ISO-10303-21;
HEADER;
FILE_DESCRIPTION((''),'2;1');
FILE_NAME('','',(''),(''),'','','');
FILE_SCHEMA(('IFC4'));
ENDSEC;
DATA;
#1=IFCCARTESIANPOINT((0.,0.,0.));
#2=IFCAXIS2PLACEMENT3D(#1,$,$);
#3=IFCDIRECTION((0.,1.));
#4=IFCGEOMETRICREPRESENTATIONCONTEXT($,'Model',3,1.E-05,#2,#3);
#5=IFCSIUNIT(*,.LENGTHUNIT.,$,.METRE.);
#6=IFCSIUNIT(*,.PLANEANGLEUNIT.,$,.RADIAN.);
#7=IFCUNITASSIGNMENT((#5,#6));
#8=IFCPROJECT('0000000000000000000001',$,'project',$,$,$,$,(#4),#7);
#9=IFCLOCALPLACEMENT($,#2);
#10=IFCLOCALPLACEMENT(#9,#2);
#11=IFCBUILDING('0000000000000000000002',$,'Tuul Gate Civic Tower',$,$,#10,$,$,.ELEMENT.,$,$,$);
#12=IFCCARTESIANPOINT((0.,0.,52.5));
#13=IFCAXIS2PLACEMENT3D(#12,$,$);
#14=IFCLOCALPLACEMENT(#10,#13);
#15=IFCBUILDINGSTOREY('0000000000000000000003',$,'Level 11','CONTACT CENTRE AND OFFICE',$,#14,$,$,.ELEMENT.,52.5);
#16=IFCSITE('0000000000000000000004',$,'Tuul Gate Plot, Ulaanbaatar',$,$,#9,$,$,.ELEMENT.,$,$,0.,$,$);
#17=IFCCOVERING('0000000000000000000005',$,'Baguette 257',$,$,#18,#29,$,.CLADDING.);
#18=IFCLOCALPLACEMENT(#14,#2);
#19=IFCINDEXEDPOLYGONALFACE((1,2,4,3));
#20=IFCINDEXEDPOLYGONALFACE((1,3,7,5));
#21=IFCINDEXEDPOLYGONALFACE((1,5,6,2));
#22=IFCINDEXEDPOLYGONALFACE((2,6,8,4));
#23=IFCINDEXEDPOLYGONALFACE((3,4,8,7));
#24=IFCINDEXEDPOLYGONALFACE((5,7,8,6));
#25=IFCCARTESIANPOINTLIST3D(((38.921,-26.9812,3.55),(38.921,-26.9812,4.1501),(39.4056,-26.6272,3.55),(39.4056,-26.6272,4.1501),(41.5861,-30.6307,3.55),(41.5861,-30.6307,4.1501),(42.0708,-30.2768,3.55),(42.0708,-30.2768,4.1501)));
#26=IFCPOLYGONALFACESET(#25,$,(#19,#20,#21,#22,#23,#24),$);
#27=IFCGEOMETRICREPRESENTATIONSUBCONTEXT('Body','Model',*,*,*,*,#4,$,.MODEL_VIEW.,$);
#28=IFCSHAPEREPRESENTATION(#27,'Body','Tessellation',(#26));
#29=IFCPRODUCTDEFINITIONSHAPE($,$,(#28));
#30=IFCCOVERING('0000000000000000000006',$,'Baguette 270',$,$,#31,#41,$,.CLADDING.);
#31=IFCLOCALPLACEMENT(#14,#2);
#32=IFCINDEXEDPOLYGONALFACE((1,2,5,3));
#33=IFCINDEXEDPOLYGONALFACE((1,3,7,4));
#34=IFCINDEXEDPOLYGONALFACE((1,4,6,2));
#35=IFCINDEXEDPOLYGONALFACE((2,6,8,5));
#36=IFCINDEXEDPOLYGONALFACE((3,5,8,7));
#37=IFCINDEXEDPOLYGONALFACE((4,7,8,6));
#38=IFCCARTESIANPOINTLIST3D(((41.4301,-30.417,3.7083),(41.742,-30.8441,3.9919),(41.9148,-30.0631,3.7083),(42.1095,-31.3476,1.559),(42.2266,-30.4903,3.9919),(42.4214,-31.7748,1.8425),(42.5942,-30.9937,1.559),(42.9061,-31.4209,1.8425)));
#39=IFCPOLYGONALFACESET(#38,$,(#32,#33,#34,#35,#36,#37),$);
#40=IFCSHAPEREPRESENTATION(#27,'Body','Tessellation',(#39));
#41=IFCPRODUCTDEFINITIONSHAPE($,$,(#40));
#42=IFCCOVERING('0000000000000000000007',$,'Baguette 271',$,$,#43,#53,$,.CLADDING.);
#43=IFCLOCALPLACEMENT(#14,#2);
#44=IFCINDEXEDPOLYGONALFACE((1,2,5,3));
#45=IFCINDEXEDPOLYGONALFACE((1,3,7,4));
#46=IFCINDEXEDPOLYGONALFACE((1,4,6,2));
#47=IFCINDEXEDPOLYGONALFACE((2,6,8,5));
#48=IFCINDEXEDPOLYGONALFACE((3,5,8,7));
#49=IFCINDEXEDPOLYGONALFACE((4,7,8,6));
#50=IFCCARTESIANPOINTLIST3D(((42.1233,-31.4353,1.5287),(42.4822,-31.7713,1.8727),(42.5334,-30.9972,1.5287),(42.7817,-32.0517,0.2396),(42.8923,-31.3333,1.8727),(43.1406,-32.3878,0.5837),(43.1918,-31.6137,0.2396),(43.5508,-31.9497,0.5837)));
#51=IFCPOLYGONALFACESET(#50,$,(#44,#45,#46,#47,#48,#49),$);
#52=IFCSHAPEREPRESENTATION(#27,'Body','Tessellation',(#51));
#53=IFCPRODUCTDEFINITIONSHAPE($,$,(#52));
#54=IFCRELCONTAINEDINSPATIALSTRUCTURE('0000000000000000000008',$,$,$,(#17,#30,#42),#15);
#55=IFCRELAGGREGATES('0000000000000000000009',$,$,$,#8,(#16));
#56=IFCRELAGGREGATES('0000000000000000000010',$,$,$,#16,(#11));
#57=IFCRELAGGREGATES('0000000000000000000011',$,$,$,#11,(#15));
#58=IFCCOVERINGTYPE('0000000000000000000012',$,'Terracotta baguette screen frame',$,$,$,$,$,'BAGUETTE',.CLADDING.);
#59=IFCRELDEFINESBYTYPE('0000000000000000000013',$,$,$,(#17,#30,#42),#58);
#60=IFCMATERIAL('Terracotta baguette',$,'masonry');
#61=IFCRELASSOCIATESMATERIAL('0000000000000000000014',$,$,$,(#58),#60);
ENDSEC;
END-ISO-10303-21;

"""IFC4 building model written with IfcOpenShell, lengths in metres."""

from ifc_helpers import new_model, si_unit, direction, frame, origin, origin_2d, place, context, subcontext, project, spatial, rectangle, extrude, material, material_profile, profile_set, type_object, element, save


model = new_model("IFC4")

# Units and contexts
model_context = context("Model", 3, precision=1e-05, world=origin(), true_north=direction((0.0, 1.0)))
body_context = subcontext(model_context, "Body", "Model", "MODEL_VIEW")
ifc_project = project(units=[si_unit("LENGTHUNIT", "METRE"), si_unit("PLANEANGLEUNIT", "RADIAN")], contexts=[model_context])

# Site, building, storey
site_placement = place(None, origin())
site = spatial("IfcSite", under=ifc_project, at=site_placement, Name="Tuul Gate Plot, Ulaanbaatar", CompositionType="ELEMENT", RefElevation=0.0)
building_placement = place(site_placement, origin())
building = spatial("IfcBuilding", under=site, at=building_placement, Name="Tuul Gate Civic Tower", CompositionType="ELEMENT")
storey_placement = place(building_placement, frame((0.0, 0.0, 52.5)))
storey = spatial("IfcBuildingStorey", under=building, at=storey_placement, Name="Level 11", Description="CONTACT CENTRE AND OFFICE", CompositionType="ELEMENT", Elevation=52.5)

# Coverings
ifc_material_1 = material(Name="Terracotta baguette", Category="masonry")
ifc_material_profile_1 = material_profile(ifc_material_1, rectangle(XDim=0.6001, YDim=0.6001, at=origin_2d()), Name="Terracotta baguette screen frame")
ifc_profile_set_1 = profile_set([ifc_material_profile_1], Name="Terracotta baguette")
covering_type = type_object("IfcCoveringType", Name="Terracotta baguette screen frame", ElementType="BAGUETTE", PredefinedType="CLADDING", material=ifc_profile_set_1)
covering_1_placement = place(storey_placement, frame((39.1633, -26.8042, 3.8501), z_axis=(0.589751, -0.807585, 0.0), x_axis=(0.807585, 0.589751, 0.0)))
element("IfcCovering", 1, at=covering_1_placement, inside=storey, type_object=covering_type, Name="Baguette 257", PredefinedType="CLADDING", context=body_context, shape_type="SweptSolid", body=[
    extrude(rectangle(XDim=0.6001, YDim=0.6001, at=origin_2d()), origin(), (0.0, 0.0, 1.0), 4.519),
])
covering_2_placement = place(storey_placement, frame((41.8284, -30.4536, 3.8501), z_axis=(0.278597, -0.381607, -0.88134), x_axis=(0.807663, 0.589645, 0.0)))
element("IfcCovering", 2, at=covering_2_placement, inside=storey, type_object=covering_type, Name="Baguette 270", PredefinedType="CLADDING", context=body_context, shape_type="SweptSolid", body=[
    extrude(rectangle(XDim=0.6001, YDim=0.6001, at=origin_2d()), origin(), (0.0, 0.0, 1.0), 2.4387),
])
covering_3_placement = place(storey_placement, frame((42.5078, -31.3843, 1.7007), z_axis=(0.418515, -0.391825, -0.81934), x_axis=(0.683446, 0.730001, 0.0)))
element("IfcCovering", 3, at=covering_3_placement, inside=storey, type_object=covering_type, Name="Baguette 271", PredefinedType="CLADDING", context=body_context, shape_type="SweptSolid", body=[
    extrude(rectangle(XDim=0.6001, YDim=0.6001, at=origin_2d()), origin(), (0.0, 0.0, 1.0), 1.5732),
])

save(model, "model.ifc")
